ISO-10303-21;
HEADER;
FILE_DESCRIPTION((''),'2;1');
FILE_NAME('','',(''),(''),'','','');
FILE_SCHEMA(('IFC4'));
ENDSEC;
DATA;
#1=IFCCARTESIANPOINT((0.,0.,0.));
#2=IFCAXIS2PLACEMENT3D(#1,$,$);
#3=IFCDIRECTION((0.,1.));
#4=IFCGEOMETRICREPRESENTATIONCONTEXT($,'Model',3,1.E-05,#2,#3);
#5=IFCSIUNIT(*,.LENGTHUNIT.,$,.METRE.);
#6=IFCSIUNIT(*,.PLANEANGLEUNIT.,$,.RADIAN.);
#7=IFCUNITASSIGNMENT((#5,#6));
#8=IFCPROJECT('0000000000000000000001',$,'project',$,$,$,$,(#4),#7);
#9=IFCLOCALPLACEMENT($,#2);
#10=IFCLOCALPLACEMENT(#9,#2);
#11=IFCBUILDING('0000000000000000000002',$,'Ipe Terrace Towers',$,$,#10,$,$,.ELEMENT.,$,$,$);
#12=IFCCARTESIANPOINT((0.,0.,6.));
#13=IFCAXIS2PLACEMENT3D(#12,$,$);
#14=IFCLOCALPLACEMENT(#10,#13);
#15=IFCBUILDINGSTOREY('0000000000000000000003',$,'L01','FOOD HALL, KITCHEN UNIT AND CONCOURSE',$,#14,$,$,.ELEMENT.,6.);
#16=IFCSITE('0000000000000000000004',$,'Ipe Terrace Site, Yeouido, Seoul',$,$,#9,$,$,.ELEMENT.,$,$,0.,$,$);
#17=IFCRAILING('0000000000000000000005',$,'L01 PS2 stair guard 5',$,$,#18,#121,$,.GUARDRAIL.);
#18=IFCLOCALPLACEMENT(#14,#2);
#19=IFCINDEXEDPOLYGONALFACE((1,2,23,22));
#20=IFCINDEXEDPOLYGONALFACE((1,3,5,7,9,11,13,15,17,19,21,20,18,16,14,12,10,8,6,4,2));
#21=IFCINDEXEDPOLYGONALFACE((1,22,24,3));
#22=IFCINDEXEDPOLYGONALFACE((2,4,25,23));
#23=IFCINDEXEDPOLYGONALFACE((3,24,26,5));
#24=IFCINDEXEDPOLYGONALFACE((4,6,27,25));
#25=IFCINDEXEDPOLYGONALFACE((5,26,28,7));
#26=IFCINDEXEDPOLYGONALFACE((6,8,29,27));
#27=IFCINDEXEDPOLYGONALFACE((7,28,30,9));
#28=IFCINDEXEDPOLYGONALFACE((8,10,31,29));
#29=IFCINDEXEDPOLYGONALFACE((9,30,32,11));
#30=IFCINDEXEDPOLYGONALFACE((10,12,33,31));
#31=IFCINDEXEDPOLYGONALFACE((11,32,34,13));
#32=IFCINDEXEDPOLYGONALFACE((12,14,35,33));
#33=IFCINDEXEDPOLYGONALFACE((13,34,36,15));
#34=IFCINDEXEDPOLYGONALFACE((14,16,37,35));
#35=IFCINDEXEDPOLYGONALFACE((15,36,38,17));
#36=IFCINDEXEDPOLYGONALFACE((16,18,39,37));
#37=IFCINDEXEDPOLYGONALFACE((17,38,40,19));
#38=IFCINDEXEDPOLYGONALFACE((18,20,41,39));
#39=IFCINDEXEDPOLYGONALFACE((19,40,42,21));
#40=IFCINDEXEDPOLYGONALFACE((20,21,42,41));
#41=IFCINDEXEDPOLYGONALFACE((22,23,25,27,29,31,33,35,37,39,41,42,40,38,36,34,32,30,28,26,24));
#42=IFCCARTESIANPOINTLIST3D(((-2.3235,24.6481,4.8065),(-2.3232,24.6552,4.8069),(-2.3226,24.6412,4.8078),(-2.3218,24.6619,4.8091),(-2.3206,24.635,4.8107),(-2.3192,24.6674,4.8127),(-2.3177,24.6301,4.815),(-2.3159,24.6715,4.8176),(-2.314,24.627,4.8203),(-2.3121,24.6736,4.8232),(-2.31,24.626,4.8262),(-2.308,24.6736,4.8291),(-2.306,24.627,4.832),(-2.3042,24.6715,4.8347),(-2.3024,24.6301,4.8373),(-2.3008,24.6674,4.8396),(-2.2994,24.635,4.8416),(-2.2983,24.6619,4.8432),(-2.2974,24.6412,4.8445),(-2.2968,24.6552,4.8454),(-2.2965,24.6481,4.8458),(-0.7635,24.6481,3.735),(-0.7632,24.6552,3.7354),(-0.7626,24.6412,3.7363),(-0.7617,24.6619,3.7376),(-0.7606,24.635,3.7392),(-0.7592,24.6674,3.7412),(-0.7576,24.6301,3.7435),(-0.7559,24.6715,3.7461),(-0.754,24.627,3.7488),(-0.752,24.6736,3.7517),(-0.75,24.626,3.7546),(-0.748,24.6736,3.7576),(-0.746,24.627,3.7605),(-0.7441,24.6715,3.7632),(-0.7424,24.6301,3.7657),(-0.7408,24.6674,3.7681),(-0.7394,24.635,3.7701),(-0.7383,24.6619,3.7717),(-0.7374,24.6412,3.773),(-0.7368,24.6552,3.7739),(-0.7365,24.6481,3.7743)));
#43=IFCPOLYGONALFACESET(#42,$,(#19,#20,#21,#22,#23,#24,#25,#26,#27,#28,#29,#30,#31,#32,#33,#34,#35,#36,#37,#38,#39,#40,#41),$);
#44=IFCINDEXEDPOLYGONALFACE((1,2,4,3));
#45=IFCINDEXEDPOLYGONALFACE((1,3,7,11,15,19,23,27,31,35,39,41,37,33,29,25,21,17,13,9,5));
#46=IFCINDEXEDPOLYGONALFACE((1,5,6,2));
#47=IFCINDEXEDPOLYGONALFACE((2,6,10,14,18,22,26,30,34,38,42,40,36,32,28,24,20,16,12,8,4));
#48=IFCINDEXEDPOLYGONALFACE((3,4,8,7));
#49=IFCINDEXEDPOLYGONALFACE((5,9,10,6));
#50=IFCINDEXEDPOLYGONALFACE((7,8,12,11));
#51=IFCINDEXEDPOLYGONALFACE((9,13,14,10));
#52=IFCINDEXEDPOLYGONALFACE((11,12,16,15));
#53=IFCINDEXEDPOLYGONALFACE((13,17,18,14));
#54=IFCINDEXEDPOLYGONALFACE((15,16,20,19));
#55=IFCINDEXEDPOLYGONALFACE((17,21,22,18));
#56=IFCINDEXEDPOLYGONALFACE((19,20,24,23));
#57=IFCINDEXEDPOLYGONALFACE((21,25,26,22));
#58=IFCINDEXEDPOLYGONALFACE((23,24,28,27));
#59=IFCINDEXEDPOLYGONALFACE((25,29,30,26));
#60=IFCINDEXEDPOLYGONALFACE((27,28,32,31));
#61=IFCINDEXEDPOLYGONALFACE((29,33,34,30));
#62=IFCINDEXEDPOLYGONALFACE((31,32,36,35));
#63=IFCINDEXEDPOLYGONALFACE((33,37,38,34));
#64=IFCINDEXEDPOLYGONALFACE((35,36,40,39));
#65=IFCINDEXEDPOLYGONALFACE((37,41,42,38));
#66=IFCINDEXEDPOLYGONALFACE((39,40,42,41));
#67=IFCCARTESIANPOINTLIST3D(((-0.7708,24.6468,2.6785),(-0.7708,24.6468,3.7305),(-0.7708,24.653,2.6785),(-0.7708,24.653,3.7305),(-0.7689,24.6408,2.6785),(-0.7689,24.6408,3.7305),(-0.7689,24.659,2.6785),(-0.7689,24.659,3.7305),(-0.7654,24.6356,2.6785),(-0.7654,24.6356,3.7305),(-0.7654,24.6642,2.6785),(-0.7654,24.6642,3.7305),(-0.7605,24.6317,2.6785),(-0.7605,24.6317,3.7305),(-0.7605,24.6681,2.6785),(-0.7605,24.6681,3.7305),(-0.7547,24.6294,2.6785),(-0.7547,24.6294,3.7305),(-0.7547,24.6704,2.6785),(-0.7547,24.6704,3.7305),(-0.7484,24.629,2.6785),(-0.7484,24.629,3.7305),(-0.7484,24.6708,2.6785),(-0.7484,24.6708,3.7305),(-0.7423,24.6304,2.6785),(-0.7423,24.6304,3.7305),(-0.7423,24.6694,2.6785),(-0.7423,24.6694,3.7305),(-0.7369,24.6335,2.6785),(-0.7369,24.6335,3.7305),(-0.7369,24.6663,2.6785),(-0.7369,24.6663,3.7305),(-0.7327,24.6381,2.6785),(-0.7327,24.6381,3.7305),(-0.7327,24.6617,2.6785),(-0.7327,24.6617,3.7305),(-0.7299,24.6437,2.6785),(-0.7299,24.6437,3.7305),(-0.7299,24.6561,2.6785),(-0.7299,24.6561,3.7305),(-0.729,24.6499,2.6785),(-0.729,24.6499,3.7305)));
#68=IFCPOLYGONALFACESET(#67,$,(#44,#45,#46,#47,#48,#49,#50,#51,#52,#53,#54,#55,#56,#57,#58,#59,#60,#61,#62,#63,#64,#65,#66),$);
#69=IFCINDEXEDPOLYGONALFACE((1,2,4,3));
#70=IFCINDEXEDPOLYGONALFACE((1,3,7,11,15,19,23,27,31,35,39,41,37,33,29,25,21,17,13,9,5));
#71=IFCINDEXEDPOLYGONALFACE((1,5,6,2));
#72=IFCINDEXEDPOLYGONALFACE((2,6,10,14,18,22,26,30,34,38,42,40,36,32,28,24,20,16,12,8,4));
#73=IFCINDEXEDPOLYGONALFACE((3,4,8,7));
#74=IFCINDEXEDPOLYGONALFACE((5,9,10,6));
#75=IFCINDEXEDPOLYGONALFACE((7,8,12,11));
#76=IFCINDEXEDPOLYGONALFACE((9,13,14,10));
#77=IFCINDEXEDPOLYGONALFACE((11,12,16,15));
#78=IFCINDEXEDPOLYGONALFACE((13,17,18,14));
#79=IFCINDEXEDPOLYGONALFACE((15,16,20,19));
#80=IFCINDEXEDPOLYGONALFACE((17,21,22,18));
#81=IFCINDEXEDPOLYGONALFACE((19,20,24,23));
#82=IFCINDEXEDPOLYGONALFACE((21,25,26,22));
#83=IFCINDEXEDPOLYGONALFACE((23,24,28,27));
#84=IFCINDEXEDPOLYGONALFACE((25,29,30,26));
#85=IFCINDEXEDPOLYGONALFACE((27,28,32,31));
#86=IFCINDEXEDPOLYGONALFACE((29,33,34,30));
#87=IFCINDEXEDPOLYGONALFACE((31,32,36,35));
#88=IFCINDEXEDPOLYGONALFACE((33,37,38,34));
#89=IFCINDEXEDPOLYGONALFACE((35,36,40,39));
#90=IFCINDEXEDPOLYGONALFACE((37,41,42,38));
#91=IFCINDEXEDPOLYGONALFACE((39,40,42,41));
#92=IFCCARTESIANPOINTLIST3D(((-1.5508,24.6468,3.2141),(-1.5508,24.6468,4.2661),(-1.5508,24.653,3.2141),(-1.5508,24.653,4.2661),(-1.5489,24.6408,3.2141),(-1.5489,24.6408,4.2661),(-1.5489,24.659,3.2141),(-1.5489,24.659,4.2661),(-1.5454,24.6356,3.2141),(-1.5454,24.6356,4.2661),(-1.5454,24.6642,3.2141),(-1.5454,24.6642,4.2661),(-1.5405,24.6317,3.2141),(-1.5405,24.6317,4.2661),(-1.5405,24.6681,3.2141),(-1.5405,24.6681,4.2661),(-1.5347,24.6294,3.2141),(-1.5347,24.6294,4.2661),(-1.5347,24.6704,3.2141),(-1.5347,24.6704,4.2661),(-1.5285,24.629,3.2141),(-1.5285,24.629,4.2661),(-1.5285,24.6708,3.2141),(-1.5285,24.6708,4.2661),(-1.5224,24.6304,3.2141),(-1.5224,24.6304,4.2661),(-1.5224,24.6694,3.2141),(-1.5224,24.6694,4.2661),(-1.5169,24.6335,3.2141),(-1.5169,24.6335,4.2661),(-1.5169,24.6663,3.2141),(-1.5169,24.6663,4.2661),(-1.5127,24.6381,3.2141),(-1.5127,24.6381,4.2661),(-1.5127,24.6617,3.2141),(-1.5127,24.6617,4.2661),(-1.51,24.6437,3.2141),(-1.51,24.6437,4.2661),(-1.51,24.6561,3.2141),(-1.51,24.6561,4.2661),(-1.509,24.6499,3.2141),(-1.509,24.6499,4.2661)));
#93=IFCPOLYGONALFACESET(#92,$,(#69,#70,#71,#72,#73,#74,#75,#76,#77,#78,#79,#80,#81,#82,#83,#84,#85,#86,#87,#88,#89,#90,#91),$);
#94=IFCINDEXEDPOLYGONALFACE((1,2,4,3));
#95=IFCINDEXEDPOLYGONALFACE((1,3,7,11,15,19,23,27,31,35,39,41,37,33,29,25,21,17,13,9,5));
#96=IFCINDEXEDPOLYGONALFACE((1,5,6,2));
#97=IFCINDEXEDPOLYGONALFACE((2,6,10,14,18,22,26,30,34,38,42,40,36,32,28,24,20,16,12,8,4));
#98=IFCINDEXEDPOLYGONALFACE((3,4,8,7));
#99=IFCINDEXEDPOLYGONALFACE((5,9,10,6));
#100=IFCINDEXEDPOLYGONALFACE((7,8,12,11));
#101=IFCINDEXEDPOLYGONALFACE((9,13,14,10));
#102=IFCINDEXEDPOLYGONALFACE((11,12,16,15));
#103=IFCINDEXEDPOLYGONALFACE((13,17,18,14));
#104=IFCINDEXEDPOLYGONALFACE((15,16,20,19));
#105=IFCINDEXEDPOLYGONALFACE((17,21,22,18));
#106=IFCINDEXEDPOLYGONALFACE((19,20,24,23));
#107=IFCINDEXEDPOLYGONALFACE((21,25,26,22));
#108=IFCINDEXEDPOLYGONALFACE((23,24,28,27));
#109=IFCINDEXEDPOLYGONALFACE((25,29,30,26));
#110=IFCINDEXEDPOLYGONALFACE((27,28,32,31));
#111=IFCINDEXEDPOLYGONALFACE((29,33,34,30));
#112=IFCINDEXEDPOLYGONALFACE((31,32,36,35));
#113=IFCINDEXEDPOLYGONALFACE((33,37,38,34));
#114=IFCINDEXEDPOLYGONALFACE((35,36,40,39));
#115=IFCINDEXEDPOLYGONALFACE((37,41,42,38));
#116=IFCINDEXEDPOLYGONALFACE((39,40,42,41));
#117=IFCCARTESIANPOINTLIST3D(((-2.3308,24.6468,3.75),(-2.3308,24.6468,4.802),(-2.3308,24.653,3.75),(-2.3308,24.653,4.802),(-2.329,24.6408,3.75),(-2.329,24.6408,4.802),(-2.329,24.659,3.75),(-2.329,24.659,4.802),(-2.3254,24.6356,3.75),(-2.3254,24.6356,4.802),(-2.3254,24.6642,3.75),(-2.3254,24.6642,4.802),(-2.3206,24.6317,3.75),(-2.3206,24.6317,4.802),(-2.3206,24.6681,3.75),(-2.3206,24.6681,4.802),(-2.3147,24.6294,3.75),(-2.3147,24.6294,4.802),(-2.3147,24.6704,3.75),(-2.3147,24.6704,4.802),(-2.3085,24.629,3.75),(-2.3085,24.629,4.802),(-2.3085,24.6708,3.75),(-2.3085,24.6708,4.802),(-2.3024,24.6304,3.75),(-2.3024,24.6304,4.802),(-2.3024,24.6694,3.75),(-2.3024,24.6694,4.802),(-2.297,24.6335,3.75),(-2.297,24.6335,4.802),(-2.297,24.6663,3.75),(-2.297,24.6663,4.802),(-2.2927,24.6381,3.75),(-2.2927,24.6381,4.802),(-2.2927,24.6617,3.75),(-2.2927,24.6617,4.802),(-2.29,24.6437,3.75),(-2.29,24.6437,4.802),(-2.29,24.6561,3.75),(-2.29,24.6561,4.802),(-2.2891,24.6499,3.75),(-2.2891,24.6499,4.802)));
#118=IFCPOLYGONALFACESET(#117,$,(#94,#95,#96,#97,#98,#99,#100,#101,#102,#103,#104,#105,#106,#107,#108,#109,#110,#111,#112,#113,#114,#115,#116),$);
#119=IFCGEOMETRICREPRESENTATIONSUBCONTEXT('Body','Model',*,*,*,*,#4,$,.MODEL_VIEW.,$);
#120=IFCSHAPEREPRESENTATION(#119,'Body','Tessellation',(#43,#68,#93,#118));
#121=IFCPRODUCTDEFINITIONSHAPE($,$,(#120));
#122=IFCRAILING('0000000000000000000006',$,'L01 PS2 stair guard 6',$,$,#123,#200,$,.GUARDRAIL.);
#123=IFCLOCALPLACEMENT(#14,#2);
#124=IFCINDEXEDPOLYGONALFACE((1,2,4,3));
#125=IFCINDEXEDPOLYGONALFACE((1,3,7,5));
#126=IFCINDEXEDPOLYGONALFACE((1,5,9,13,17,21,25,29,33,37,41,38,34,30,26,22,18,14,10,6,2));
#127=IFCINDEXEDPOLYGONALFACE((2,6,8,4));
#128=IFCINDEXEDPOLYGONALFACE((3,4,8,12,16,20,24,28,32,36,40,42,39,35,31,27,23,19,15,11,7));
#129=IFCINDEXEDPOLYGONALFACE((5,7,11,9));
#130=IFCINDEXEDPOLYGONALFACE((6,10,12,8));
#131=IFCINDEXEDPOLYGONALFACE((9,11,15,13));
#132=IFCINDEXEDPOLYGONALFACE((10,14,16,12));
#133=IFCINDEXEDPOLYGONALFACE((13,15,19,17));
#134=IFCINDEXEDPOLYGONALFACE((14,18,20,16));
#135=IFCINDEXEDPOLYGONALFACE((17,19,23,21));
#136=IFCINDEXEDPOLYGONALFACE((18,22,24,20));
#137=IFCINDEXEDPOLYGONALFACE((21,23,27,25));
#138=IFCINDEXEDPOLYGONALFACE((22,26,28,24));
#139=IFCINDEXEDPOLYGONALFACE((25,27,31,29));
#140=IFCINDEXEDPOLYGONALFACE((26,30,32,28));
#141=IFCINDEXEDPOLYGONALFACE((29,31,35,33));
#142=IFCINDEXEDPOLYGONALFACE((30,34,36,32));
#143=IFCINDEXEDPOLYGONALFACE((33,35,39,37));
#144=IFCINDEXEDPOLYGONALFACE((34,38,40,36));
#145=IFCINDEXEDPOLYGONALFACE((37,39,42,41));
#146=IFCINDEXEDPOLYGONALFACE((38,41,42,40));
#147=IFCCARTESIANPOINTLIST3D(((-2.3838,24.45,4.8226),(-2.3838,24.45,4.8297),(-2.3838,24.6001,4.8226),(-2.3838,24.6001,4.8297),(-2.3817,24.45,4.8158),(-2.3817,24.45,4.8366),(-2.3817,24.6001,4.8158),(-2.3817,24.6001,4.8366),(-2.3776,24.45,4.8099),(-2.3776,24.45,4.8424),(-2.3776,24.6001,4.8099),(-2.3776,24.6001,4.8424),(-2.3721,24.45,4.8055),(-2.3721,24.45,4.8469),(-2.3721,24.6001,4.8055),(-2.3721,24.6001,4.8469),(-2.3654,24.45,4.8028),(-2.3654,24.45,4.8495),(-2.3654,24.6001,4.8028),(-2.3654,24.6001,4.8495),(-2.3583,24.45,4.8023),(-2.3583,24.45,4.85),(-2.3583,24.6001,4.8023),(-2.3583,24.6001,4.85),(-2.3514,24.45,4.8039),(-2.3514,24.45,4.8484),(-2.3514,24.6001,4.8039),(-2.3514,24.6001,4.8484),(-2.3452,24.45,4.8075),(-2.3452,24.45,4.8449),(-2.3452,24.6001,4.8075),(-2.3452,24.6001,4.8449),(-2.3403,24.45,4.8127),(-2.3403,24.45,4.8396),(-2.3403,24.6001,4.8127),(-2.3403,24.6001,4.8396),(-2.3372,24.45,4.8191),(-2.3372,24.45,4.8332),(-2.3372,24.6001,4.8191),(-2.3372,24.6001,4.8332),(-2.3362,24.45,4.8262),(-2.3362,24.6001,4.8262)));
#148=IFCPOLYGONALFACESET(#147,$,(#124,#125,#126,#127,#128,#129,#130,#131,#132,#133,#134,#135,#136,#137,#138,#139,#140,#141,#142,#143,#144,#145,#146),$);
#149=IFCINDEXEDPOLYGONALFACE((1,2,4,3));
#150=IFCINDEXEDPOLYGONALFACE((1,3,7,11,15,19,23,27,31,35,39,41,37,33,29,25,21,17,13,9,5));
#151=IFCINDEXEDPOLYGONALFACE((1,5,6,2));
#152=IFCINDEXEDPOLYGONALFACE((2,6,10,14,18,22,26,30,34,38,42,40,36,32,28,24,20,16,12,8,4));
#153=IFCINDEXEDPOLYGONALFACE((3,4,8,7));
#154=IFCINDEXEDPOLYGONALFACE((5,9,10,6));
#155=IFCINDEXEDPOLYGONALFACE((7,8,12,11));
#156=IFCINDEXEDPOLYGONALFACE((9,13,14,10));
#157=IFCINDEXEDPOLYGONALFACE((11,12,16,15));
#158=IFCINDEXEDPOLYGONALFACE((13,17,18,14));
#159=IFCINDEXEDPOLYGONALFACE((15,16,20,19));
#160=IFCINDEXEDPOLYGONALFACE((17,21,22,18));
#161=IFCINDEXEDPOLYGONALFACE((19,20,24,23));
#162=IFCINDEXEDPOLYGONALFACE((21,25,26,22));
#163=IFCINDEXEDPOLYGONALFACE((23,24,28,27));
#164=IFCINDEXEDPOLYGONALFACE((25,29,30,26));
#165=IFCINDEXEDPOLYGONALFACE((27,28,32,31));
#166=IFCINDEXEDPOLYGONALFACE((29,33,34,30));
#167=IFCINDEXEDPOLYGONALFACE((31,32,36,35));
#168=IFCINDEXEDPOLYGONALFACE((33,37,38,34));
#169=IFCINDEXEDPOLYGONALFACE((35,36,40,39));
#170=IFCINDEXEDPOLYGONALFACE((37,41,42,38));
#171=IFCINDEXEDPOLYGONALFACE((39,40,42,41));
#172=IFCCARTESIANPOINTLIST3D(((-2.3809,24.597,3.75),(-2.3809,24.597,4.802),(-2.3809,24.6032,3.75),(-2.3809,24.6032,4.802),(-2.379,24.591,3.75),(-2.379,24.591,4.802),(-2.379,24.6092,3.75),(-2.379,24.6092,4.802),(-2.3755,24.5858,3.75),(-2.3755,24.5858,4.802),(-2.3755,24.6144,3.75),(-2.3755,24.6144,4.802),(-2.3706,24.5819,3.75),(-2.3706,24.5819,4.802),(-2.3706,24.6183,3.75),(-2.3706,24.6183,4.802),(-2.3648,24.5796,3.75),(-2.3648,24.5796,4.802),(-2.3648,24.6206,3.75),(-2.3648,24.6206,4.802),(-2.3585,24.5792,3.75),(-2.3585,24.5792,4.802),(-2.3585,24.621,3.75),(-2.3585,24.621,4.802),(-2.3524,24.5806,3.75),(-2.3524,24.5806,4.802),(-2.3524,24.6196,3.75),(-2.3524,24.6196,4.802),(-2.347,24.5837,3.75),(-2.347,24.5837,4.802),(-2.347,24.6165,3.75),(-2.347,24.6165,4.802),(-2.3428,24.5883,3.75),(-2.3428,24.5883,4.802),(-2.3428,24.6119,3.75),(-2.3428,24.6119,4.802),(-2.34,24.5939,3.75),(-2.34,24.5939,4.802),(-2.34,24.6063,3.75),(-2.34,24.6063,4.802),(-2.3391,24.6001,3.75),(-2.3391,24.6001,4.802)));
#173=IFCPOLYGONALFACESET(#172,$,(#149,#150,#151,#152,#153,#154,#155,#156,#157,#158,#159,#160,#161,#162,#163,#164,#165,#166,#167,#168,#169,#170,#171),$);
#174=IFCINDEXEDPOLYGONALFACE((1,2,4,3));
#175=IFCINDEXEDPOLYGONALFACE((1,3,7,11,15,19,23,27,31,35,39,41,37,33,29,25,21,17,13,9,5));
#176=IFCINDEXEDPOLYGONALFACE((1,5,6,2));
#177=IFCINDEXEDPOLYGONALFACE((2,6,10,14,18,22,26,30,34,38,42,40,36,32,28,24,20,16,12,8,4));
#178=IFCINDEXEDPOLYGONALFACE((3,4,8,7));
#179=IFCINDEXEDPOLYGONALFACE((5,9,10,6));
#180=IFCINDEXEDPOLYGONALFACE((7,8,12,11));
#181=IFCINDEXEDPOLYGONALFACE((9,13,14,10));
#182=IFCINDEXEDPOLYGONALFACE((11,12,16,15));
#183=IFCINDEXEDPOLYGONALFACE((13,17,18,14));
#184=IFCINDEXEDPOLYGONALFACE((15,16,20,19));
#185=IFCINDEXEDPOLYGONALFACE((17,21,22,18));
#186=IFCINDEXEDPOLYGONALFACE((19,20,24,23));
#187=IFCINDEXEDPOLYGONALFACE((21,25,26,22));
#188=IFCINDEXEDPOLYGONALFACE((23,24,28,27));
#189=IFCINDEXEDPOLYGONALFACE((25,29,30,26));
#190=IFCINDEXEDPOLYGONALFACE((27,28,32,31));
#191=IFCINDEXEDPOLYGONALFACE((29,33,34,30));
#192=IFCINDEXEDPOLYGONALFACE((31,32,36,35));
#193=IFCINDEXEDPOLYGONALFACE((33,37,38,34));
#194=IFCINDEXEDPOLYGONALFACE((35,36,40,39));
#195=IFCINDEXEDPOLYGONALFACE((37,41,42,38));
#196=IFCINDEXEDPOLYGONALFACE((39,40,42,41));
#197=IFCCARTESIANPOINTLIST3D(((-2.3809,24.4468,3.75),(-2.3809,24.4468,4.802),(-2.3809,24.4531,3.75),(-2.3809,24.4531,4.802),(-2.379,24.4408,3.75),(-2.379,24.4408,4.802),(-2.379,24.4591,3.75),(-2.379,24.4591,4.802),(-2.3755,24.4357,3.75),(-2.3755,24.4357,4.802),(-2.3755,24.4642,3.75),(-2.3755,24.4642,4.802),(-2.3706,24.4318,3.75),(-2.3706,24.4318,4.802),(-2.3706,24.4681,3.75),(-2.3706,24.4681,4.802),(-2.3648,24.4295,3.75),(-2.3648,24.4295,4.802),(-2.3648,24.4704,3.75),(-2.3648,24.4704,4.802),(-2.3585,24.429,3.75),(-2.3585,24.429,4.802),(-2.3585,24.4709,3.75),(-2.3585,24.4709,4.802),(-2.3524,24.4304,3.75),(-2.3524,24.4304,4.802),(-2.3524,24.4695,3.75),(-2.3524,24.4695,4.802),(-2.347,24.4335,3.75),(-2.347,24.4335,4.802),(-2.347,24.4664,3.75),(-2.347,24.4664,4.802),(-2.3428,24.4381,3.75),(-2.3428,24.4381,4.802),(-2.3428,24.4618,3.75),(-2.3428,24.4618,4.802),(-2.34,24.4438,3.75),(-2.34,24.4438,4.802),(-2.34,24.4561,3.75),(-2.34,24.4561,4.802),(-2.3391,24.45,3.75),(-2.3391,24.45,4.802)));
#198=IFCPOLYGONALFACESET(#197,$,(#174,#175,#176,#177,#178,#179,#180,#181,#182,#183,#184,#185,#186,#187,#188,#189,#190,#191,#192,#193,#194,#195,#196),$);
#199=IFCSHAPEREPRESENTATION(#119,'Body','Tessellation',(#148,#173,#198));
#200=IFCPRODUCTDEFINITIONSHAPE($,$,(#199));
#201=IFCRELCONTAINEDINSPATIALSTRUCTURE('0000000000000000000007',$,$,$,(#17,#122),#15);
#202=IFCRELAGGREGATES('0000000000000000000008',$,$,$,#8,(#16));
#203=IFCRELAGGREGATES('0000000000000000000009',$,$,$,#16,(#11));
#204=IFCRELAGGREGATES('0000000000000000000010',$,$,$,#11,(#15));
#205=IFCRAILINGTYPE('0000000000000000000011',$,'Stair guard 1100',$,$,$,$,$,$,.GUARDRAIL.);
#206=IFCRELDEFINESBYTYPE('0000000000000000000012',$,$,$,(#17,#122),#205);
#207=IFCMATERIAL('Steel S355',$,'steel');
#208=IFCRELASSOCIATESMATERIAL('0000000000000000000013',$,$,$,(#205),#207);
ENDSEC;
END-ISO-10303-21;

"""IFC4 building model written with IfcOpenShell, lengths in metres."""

from ifc_helpers import new_model, si_unit, direction, frame, origin, origin_2d, place, context, subcontext, project, spatial, circle, extrude, material, type_object, element, save


model = new_model("IFC4")

# Units and contexts
model_context = context("Model", 3, precision=1e-05, world=origin(), true_north=direction((0.0, 1.0)))
body_context = subcontext(model_context, "Body", "Model", "MODEL_VIEW")
ifc_project = project(units=[si_unit("LENGTHUNIT", "METRE"), si_unit("PLANEANGLEUNIT", "RADIAN")], contexts=[model_context])

# Site, building, storey
site_placement = place(None, origin())
site = spatial("IfcSite", under=ifc_project, at=site_placement, Name="Ipe Terrace Site, Yeouido, Seoul", CompositionType="ELEMENT", RefElevation=0.0)
building_placement = place(site_placement, origin())
building = spatial("IfcBuilding", under=site, at=building_placement, Name="Ipe Terrace Towers", CompositionType="ELEMENT")
storey_placement = place(building_placement, frame((0.0, 0.0, 6.0)))
storey = spatial("IfcBuildingStorey", under=building, at=storey_placement, Name="L01", Description="FOOD HALL, KITCHEN UNIT AND CONCOURSE", CompositionType="ELEMENT", Elevation=6.0)

# Railings
ifc_material_1 = material(Name="Steel S355", Category="steel")
railing_type_1 = type_object("IfcRailingType", Name="Stair guard 1100", PredefinedType="GUARDRAIL", material=ifc_material_1)
railing_1_placement = place(storey_placement, frame((-0.75, 24.6499, 2.6785)))
element("IfcRailing", 1, at=railing_1_placement, inside=storey, type_object=railing_type_1, Name="L01 PS2 stair guard 5", PredefinedType="GUARDRAIL", context=body_context, shape_type="SweptSolid", body=[
    extrude(circle(Radius=0.0239, at=origin_2d()), frame((0.0, 0.0, 1.0762), z_axis=(-0.82429, 0.0, 0.566167), x_axis=(0.0, -1.0, 0.0)), (0.0, 0.0, 1.0), 1.8926),
    extrude(circle(Radius=0.021, at=origin_2d()), origin(), (0.0, 0.0, 1.0), 1.052),
    extrude(circle(Radius=0.021, at=origin_2d()), frame((-0.78, 0.0, 0.5356)), (0.0, 0.0, 1.0), 1.052),
    extrude(circle(Radius=0.021, at=origin_2d()), frame((-1.5601, 0.0, 1.0715)), (0.0, 0.0, 1.0), 1.052),
])
railing_2_placement = place(storey_placement, frame((-2.3601, 24.6001, 3.75)))
element("IfcRailing", 2, at=railing_2_placement, inside=storey, type_object=railing_type_1, Name="L01 PS2 stair guard 6", PredefinedType="GUARDRAIL", context=body_context, shape_type="SweptSolid", body=[
    extrude(circle(Radius=0.0239, at=origin_2d()), frame((0.0, 0.0, 1.0762), z_axis=(0.0, -1.0, 0.0), x_axis=(1.0, 0.0, 0.0)), (0.0, 0.0, 1.0), 0.1501),
    extrude(circle(Radius=0.021, at=origin_2d()), origin(), (0.0, 0.0, 1.0), 1.052),
    extrude(circle(Radius=0.021, at=origin_2d()), frame((0.0, -0.1501, 0.0)), (0.0, 0.0, 1.0), 1.052),
])

save(model, "model.ifc")
